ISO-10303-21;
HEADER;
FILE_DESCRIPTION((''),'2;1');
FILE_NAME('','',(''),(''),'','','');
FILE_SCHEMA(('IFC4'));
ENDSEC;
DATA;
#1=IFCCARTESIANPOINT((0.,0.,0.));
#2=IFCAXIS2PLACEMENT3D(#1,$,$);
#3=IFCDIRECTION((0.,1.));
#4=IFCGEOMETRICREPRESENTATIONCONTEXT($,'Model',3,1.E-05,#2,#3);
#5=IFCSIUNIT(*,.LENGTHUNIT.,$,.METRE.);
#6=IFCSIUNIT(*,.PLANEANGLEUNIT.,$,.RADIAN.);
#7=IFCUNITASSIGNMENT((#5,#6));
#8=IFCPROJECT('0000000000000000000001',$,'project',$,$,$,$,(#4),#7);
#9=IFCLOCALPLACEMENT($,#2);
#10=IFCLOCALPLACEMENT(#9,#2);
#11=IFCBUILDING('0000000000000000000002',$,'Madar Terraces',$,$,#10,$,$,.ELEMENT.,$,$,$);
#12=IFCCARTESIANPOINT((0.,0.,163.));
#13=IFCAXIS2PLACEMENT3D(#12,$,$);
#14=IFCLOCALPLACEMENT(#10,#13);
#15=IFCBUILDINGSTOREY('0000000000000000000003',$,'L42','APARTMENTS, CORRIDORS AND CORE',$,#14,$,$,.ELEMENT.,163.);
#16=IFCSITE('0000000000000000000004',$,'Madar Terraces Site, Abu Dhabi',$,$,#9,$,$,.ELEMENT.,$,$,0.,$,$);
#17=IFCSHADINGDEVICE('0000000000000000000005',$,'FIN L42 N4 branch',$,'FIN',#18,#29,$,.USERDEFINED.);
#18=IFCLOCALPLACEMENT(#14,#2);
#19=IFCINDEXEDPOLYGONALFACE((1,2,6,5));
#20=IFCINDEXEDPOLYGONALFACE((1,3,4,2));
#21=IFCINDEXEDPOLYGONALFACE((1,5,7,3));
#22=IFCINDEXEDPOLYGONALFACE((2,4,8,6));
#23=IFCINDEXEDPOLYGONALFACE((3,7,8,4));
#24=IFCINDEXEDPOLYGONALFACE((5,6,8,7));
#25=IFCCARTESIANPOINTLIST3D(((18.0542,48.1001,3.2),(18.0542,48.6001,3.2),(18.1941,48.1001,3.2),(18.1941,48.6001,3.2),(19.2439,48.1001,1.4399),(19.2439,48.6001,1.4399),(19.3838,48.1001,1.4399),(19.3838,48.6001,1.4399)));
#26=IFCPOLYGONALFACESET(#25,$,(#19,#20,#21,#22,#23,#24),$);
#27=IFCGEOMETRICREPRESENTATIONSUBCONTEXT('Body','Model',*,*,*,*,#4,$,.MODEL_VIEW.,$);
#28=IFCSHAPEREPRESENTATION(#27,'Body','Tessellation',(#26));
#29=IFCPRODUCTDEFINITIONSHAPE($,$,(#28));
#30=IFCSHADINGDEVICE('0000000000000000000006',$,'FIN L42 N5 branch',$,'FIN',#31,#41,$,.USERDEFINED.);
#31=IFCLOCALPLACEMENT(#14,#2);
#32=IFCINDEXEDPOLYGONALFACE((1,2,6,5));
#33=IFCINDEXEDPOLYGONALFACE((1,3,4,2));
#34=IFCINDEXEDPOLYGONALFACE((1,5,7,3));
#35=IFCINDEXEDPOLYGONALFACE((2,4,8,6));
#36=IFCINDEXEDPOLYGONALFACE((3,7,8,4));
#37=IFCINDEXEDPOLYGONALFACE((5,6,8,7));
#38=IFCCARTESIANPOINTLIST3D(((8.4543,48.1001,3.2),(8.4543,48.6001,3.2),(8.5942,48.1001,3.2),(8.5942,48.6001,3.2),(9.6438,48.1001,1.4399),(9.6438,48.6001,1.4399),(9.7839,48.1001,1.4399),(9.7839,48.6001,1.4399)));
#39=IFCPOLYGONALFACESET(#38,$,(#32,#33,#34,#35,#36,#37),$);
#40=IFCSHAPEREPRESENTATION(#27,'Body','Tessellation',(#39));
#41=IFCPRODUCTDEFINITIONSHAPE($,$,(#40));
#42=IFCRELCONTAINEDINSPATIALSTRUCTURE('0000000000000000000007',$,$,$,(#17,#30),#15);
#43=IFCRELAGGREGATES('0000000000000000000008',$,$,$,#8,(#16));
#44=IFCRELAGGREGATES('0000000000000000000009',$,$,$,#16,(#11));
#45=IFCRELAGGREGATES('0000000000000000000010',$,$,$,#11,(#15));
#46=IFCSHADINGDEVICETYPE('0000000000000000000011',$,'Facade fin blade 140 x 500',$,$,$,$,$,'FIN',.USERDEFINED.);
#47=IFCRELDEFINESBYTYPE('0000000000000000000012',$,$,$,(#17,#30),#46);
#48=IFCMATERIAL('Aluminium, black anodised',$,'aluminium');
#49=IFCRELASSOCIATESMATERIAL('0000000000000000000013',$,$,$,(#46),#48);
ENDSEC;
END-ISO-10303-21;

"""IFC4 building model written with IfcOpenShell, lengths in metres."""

from ifc_helpers import new_model, si_unit, direction, frame, origin, place, context, subcontext, project, spatial, polyline, outline, extrude, material, type_object, element, save


model = new_model("IFC4")

# Units and contexts
model_context = context("Model", 3, precision=1e-05, world=origin(), true_north=direction((0.0, 1.0)))
body_context = subcontext(model_context, "Body", "Model", "MODEL_VIEW")
ifc_project = project(units=[si_unit("LENGTHUNIT", "METRE"), si_unit("PLANEANGLEUNIT", "RADIAN")], contexts=[model_context])

# Site, building, storey
site_placement = place(None, origin())
site = spatial("IfcSite", under=ifc_project, at=site_placement, Name="Madar Terraces Site, Abu Dhabi", CompositionType="ELEMENT", RefElevation=0.0)
building_placement = place(site_placement, origin())
building = spatial("IfcBuilding", under=site, at=building_placement, Name="Madar Terraces", CompositionType="ELEMENT")
storey_placement = place(building_placement, frame((0.0, 0.0, 163.0)))
storey = spatial("IfcBuildingStorey", under=building, at=storey_placement, Name="L42", Description="APARTMENTS, CORRIDORS AND CORE", CompositionType="ELEMENT", Elevation=163.0)

# Shading devices
ifc_material_1 = material(Name="Aluminium, black anodised", Category="aluminium")
shading_device_type = type_object("IfcShadingDeviceType", Name="Facade fin blade 140 x 500", ElementType="FIN", PredefinedType="USERDEFINED", material=ifc_material_1)
shading_device_1_placement = place(storey_placement, frame((19.3838, 48.3501, 1.4399), z_axis=(0.0, 0.0, 1.0), x_axis=(-1.0, 0.0, 0.0)))
element("IfcShadingDevice", 1, at=shading_device_1_placement, inside=storey, type_object=shading_device_type, Name="FIN L42 N4 branch", ObjectType="FIN", PredefinedType="USERDEFINED", context=body_context, shape_type="SweptSolid", body=[
    extrude(outline(polyline([(0.0, 0.0), (0.1399, 0.0), (1.3296, 1.76), (1.1897, 1.76), (0.0, 0.0)])), frame((0.0, 0.25, 0.0), z_axis=(0.0, -1.0, 0.0), x_axis=(1.0, 0.0, 0.0)), (0.0, 0.0, 1.0), 0.5),
])
shading_device_2_placement = place(storey_placement, frame((9.7839, 48.3501, 1.4399), z_axis=(0.0, 0.0, 1.0), x_axis=(-1.0, 0.0, 0.0)))
element("IfcShadingDevice", 2, at=shading_device_2_placement, inside=storey, type_object=shading_device_type, Name="FIN L42 N5 branch", ObjectType="FIN", PredefinedType="USERDEFINED", context=body_context, shape_type="SweptSolid", body=[
    extrude(outline(polyline([(0.0, 0.0), (0.1401, 0.0), (1.3296, 1.76), (1.1897, 1.76), (0.0, 0.0)])), frame((0.0, 0.25, 0.0), z_axis=(0.0, -1.0, 0.0), x_axis=(1.0, 0.0, 0.0)), (0.0, 0.0, 1.0), 0.5),
])

save(model, "model.ifc")
